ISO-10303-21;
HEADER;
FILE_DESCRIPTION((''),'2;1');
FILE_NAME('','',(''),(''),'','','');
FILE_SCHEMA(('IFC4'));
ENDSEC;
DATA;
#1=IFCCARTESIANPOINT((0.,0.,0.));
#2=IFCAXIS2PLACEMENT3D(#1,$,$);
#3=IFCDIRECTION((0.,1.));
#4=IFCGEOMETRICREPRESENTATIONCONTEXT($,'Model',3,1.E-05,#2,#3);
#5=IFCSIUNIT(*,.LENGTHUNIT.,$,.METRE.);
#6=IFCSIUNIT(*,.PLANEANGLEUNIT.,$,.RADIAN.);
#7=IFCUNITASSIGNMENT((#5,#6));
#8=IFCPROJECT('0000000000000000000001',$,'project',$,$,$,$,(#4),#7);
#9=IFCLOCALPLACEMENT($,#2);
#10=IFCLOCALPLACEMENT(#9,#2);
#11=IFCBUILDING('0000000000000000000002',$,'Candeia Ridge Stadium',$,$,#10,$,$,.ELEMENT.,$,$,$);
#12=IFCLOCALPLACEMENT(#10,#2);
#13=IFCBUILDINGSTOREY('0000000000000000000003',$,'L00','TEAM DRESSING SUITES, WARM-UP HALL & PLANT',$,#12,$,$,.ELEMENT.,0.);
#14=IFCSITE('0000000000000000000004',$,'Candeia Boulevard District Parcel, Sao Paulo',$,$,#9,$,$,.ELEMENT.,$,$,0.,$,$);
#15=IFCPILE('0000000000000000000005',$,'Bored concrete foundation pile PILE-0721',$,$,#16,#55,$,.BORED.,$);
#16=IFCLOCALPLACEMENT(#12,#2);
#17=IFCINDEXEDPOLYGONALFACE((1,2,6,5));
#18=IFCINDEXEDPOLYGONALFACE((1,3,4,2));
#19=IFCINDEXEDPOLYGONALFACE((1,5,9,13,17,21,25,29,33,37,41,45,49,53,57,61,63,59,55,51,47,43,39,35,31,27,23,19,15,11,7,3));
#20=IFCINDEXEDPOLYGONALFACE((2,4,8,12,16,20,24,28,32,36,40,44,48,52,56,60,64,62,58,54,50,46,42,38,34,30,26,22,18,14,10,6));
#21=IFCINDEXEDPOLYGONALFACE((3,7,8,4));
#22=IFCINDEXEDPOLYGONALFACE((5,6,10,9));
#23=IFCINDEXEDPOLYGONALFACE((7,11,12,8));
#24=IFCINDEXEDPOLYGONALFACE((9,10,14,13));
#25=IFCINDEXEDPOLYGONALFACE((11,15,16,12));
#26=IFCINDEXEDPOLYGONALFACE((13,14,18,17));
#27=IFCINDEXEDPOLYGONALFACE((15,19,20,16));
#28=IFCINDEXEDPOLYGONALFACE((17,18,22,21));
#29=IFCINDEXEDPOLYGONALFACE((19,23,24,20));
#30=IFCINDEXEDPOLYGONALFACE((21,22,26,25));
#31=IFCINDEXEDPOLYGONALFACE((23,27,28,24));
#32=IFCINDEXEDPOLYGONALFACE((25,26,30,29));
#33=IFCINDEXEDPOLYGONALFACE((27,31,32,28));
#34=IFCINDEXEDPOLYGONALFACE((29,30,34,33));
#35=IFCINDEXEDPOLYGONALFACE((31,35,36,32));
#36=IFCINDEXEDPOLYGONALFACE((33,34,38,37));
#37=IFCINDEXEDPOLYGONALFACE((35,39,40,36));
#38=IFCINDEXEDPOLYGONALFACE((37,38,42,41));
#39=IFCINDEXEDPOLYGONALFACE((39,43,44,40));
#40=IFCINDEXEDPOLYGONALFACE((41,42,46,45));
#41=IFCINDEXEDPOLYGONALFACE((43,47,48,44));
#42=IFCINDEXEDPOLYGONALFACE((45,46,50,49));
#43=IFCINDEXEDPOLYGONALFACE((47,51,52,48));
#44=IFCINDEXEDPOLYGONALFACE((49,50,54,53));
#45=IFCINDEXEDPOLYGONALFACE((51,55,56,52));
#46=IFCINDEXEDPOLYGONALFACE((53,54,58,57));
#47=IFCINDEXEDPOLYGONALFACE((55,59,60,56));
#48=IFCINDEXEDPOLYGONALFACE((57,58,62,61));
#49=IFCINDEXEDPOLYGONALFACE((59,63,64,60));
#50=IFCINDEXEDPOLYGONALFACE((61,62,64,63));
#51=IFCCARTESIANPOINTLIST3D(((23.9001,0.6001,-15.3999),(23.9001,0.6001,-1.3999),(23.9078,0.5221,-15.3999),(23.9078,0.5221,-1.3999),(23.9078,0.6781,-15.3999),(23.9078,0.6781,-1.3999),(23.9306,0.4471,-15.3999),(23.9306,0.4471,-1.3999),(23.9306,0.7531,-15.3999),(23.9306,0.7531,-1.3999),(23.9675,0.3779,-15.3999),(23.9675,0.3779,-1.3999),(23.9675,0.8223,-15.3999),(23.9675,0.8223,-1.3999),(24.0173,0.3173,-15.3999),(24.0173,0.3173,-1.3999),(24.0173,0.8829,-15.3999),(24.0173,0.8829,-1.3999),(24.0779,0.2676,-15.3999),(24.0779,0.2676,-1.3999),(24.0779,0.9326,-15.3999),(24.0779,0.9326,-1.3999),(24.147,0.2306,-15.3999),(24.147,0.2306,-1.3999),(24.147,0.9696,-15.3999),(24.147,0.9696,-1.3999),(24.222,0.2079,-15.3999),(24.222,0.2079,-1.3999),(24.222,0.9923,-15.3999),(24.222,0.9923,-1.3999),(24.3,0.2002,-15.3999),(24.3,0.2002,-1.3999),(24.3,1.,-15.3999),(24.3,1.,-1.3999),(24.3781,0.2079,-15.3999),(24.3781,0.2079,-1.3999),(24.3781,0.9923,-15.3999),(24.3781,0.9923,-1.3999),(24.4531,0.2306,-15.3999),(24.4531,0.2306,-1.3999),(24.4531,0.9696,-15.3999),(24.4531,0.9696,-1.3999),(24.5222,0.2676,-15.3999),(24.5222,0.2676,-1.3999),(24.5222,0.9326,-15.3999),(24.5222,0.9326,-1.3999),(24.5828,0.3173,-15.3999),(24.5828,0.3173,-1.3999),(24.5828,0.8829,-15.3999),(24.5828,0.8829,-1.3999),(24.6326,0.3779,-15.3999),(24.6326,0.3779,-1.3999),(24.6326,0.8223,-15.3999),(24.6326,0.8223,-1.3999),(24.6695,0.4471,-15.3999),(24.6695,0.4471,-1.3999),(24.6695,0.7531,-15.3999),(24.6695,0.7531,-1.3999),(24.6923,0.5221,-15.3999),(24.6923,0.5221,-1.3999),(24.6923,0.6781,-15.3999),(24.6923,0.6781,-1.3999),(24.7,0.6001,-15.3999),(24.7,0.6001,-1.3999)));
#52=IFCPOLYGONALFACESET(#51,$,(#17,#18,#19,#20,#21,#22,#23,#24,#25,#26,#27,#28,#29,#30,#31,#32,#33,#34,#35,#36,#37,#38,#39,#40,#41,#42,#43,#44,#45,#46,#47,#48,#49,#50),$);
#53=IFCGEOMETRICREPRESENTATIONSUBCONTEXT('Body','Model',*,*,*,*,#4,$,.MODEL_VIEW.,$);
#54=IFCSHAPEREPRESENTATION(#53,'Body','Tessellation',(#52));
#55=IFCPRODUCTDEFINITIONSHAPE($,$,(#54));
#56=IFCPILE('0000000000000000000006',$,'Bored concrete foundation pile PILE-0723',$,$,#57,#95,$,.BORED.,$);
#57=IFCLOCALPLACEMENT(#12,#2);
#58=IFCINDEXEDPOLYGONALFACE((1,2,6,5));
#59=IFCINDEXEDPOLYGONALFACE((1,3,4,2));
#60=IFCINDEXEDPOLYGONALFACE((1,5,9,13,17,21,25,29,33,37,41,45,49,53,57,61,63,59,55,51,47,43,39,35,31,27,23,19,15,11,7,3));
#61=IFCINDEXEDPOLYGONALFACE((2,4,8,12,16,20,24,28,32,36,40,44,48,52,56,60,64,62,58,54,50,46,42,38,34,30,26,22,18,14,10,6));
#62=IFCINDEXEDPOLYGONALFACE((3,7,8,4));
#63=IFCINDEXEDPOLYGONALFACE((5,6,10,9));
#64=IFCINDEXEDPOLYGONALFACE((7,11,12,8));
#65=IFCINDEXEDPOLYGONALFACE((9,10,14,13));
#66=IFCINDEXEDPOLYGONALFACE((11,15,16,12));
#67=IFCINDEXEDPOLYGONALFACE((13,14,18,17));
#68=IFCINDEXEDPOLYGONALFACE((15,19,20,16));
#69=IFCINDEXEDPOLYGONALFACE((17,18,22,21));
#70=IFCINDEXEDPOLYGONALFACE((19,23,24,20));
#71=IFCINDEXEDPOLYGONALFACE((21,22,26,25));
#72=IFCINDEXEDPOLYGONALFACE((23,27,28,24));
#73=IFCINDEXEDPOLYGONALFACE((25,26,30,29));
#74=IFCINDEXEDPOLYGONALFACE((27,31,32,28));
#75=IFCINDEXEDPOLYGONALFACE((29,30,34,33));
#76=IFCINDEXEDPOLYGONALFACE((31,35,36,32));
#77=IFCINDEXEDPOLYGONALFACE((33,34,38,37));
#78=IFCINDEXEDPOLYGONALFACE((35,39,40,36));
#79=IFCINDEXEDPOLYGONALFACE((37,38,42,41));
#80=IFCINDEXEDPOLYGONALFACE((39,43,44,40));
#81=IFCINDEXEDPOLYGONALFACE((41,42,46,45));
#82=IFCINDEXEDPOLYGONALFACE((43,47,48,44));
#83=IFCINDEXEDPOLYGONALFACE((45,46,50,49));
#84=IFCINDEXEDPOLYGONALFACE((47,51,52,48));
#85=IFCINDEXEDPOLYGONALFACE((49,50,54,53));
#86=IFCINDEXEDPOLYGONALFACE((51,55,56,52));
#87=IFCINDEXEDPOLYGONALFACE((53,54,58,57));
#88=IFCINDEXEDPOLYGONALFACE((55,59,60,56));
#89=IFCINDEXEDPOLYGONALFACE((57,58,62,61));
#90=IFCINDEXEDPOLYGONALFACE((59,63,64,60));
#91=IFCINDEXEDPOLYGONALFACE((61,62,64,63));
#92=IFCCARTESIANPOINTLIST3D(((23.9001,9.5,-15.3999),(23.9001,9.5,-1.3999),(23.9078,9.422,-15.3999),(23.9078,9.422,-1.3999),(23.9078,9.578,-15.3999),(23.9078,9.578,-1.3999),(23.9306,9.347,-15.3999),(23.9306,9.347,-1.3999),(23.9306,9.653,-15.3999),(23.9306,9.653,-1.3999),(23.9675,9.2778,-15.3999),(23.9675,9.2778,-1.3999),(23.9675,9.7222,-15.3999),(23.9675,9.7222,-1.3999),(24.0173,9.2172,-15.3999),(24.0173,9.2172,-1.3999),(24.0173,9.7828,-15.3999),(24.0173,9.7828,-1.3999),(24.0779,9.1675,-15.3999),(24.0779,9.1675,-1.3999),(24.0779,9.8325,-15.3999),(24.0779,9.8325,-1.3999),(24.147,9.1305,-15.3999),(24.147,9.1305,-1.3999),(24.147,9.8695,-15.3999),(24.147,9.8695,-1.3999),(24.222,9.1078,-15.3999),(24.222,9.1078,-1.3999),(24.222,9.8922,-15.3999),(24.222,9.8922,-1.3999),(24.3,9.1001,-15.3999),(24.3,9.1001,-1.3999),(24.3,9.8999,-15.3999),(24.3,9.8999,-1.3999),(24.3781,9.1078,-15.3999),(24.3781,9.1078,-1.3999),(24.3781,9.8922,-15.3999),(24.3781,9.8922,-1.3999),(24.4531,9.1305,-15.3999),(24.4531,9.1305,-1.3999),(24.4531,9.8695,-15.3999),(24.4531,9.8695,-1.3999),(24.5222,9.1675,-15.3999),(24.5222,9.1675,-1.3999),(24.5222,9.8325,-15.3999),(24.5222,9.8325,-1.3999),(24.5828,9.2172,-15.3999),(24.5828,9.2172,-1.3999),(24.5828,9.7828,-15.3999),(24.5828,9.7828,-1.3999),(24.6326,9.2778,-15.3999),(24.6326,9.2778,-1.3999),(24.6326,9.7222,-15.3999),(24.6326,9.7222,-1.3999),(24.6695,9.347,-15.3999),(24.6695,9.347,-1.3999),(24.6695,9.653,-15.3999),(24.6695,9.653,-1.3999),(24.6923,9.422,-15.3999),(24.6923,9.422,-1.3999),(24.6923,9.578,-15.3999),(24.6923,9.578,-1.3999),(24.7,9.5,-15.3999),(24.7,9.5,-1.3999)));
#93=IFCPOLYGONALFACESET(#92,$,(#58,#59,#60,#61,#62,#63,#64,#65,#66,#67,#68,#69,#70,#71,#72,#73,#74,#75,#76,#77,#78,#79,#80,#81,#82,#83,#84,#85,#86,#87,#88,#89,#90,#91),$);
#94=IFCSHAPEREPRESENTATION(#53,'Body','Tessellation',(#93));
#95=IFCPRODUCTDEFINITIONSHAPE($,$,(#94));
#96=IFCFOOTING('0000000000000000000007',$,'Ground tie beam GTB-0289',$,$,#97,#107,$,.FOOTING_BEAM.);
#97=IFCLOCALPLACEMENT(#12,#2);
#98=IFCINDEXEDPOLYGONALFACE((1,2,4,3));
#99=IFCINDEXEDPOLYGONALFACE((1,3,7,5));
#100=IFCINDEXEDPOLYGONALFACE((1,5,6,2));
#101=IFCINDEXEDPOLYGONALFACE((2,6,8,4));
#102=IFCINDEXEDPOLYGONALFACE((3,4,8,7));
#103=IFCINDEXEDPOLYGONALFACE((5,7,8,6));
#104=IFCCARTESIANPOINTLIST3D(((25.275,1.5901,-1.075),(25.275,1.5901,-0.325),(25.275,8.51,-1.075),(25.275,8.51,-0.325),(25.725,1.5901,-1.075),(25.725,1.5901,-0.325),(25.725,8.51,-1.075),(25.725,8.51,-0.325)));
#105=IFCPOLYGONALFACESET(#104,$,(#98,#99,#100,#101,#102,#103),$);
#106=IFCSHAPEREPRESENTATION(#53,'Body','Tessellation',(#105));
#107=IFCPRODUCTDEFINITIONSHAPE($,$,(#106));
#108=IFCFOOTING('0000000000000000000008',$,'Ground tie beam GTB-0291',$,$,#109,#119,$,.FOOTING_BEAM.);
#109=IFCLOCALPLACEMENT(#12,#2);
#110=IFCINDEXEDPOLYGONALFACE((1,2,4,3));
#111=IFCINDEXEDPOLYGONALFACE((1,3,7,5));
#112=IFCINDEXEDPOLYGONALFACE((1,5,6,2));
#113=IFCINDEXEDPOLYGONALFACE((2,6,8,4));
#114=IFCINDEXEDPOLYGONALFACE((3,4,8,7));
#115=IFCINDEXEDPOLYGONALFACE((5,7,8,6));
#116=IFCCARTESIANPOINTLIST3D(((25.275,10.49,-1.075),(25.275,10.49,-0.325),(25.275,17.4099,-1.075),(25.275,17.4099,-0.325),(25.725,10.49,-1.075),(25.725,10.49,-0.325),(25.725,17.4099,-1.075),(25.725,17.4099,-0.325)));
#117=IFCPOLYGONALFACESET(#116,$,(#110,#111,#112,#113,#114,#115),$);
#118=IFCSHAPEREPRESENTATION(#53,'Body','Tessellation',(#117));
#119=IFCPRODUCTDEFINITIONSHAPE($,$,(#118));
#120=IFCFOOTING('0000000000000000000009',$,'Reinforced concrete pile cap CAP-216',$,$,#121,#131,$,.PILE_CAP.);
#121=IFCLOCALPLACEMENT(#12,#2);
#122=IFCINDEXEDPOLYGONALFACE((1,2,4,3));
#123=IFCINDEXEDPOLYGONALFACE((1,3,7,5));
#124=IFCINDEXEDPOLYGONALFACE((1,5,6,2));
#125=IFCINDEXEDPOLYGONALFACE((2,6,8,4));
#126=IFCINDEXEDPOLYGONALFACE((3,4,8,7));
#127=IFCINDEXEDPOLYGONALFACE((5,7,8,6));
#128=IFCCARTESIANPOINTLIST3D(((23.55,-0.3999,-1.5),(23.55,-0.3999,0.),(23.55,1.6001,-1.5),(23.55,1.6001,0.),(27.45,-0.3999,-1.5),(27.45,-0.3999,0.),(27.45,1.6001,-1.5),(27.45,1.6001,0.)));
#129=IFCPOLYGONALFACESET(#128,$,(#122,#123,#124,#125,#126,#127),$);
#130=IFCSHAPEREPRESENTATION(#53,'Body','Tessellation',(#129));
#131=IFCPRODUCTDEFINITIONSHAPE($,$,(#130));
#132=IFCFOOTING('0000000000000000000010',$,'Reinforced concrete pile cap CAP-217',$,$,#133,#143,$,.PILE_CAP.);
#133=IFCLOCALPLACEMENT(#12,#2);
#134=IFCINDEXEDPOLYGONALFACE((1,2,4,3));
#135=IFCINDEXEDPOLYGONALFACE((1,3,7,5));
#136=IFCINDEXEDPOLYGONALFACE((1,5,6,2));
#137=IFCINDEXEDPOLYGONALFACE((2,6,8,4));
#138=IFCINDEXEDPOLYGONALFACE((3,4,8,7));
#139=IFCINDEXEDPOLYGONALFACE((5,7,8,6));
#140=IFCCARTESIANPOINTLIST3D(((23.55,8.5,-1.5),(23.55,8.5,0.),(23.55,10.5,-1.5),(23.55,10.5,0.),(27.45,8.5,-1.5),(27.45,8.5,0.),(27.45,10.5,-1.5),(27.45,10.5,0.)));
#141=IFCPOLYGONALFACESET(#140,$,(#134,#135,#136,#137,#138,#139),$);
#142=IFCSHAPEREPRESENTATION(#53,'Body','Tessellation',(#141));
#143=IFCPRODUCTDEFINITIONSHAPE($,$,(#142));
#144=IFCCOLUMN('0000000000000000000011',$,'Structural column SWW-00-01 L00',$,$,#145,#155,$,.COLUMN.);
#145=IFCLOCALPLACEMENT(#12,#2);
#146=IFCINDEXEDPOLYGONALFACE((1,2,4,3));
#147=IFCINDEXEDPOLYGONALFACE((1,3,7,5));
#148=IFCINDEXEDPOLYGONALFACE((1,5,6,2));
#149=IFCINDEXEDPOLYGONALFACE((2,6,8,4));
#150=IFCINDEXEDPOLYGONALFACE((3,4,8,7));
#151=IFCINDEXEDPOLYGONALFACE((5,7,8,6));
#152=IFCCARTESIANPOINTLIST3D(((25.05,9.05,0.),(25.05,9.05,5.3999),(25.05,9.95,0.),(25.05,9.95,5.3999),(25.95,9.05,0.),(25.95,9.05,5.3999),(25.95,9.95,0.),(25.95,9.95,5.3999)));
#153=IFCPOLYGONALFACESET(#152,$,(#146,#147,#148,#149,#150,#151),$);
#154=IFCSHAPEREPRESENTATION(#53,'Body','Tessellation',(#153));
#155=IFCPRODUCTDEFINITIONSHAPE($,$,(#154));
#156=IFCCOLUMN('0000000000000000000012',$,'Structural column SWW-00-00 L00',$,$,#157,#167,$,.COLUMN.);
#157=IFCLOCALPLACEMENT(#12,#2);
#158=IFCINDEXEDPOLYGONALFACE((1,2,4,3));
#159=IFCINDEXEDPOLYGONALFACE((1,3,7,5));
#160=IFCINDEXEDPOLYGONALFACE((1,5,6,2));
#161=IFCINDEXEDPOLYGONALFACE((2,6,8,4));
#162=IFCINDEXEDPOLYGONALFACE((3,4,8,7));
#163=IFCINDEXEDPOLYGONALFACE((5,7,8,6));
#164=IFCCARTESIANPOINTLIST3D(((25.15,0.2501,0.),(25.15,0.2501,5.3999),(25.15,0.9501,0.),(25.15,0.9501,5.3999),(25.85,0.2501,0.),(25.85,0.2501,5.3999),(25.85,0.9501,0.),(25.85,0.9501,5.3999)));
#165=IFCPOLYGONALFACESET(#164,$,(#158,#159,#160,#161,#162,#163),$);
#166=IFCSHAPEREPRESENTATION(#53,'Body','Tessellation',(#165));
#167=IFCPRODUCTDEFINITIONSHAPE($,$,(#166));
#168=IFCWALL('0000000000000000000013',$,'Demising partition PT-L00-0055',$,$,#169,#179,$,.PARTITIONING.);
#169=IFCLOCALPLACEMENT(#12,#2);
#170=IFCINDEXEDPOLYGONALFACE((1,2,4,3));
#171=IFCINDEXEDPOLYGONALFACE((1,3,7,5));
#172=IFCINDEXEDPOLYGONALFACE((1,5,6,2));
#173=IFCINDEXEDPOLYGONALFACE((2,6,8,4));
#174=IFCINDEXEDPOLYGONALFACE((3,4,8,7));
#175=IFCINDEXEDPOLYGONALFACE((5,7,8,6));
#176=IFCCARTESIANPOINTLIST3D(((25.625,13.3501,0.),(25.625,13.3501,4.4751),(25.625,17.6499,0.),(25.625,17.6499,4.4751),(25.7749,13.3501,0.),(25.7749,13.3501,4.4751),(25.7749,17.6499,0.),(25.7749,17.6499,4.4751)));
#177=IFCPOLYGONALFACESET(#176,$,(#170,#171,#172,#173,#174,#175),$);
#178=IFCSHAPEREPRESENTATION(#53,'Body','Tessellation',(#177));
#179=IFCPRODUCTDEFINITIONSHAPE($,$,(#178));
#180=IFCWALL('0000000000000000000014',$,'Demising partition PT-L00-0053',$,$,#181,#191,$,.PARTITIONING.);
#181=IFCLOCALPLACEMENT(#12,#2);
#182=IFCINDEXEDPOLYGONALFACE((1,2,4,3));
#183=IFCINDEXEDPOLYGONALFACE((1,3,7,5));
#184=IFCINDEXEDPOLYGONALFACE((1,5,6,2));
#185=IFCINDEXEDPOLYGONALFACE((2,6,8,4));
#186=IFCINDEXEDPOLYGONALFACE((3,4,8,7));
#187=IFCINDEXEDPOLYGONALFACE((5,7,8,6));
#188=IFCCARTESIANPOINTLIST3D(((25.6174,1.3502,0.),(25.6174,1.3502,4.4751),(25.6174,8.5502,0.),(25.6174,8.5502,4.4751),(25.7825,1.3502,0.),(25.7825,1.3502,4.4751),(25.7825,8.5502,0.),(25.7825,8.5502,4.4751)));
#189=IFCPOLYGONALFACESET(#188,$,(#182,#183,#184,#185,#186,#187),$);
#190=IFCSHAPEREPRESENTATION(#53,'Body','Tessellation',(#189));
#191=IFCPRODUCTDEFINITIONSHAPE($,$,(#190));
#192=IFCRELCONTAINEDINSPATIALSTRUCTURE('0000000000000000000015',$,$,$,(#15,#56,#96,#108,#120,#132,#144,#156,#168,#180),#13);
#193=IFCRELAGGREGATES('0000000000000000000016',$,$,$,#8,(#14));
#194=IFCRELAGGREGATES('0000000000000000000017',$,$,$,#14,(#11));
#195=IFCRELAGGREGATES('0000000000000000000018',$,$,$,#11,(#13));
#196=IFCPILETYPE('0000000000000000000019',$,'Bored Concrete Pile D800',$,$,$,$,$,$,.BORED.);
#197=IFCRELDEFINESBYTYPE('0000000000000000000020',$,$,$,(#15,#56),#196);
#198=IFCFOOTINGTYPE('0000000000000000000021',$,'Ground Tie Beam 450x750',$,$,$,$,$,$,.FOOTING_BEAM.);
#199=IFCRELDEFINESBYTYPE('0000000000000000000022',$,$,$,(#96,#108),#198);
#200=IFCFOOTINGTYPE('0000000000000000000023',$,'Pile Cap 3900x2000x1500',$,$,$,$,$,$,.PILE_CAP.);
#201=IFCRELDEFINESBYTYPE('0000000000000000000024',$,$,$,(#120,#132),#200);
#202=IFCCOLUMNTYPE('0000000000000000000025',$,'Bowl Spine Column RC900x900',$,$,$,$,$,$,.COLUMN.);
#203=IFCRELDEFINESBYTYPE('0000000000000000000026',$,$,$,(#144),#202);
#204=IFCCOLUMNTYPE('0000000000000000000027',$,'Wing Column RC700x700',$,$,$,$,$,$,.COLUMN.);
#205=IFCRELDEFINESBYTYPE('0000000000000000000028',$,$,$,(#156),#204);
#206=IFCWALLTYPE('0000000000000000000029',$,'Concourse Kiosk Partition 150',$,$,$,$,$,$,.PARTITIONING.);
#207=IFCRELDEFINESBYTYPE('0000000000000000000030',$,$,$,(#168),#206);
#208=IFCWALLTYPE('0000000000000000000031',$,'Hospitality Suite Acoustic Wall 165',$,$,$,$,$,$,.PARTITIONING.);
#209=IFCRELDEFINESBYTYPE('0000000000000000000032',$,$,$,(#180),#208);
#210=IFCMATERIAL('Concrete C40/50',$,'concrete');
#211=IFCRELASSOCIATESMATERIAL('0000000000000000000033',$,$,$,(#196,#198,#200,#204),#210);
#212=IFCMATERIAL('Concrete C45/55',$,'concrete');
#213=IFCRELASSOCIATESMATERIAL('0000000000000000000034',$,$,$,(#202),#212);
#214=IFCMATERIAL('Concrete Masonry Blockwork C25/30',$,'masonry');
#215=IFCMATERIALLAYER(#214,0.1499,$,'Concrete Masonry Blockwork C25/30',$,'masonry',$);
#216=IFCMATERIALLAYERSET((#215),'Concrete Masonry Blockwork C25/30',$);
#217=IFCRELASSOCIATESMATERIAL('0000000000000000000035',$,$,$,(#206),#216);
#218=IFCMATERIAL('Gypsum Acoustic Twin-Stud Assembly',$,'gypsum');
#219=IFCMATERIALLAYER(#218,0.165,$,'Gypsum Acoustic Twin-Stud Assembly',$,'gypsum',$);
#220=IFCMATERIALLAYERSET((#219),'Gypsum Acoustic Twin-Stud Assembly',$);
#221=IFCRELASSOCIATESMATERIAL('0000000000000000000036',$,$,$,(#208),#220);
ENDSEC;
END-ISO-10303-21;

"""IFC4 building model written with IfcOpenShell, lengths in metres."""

from ifc_helpers import new_model, si_unit, direction, frame, frame_2d, origin, origin_2d, place, context, subcontext, project, spatial, rectangle, circle, extrude, material, layer, layer_set, material_profile, profile_set, type_object, element, save


model = new_model("IFC4")

# Units and contexts
model_context = context("Model", 3, precision=1e-05, world=origin(), true_north=direction((0.0, 1.0)))
body_context = subcontext(model_context, "Body", "Model", "MODEL_VIEW")
ifc_project = project(units=[si_unit("LENGTHUNIT", "METRE"), si_unit("PLANEANGLEUNIT", "RADIAN")], contexts=[model_context])

# Site, building, storey
site_placement = place(None, origin())
site = spatial("IfcSite", under=ifc_project, at=site_placement, Name="Candeia Boulevard District Parcel, Sao Paulo", CompositionType="ELEMENT", RefElevation=0.0)
building_placement = place(site_placement, origin())
building = spatial("IfcBuilding", under=site, at=building_placement, Name="Candeia Ridge Stadium", CompositionType="ELEMENT")
storey_placement = place(building_placement, origin())
storey = spatial("IfcBuildingStorey", under=building, at=storey_placement, Name="L00", Description="TEAM DRESSING SUITES, WARM-UP HALL & PLANT", CompositionType="ELEMENT", Elevation=0.0)

# Piles
ifc_material_1 = material(Name="Concrete C40/50", Category="concrete")
ifc_material_profile_1 = material_profile(ifc_material_1, circle(Radius=0.3999, at=origin_2d()), Name="PILE-D800", Category="concrete")
ifc_profile_set_1 = profile_set([ifc_material_profile_1], Name="Concrete C40/50")
pile_type = type_object("IfcPileType", Name="Bored Concrete Pile D800", PredefinedType="BORED", material=ifc_profile_set_1)
for number, where, z_axis, x_axis, name in (
    (1, (24.3, 0.6001, -1.3999), (0.0, 0.0, -1.0), (1.0, 0.0, 0.0), "Bored concrete foundation pile PILE-0721"),
    (2, (24.3, 9.5, -1.3999), (0.0, 0.0, -1.0), (1.0, 0.0, 0.0), "Bored concrete foundation pile PILE-0723"),
):
    element("IfcPile", number, at=place(storey_placement, frame(where, z_axis=z_axis, x_axis=x_axis)), inside=storey, type_object=pile_type, Name=name, PredefinedType="BORED", context=body_context, shape_type="SweptSolid", body=[
        extrude(circle(Radius=0.3999, at=origin_2d()), origin(), (0.0, 0.0, 1.0), 14.0),
    ])

# Footings
footing_type_1 = type_object("IfcFootingType", Name="Ground Tie Beam 450x750", PredefinedType="FOOTING_BEAM", material=ifc_material_1)
for number, where, z_axis, x_axis, name in (
    (3, (25.5, 5.05, -1.075), (0.0, 0.0, 1.0), (0.0, 1.0, 0.0), "Ground tie beam GTB-0289"),
    (4, (25.5, 13.95, -1.075), (0.0, 0.0, 1.0), (0.0, 1.0, 0.0), "Ground tie beam GTB-0291"),
):
    element("IfcFooting", number, at=place(storey_placement, frame(where, z_axis=z_axis, x_axis=x_axis)), inside=storey, type_object=footing_type_1, Name=name, PredefinedType="FOOTING_BEAM", context=body_context, shape_type="SweptSolid", body=[
        extrude(rectangle(XDim=6.9199, YDim=0.45, at=origin_2d()), origin(), (0.0, 0.0, 1.0), 0.75),
    ])
footing_type_2 = type_object("IfcFootingType", Name="Pile Cap 3900x2000x1500", PredefinedType="PILE_CAP", material=ifc_material_1)
for number, where, z_axis, x_axis, name in (
    (5, (25.5, 0.6001, -1.5), (0.0, 0.0, 1.0), (1.0, 0.0, 0.0), "Reinforced concrete pile cap CAP-216"),
    (6, (25.5, 9.5, -1.5), (0.0, 0.0, 1.0), (1.0, 0.0, 0.0), "Reinforced concrete pile cap CAP-217"),
):
    element("IfcFooting", number, at=place(storey_placement, frame(where, z_axis=z_axis, x_axis=x_axis)), inside=storey, type_object=footing_type_2, Name=name, PredefinedType="PILE_CAP", context=body_context, shape_type="SweptSolid", body=[
        extrude(rectangle(XDim=3.8999, YDim=2.0, at=origin_2d()), origin(), (0.0, 0.0, 1.0), 1.5),
    ])

# Columns
ifc_material_2 = material(Name="Concrete C45/55", Category="concrete")
ifc_material_profile_2 = material_profile(ifc_material_2, rectangle(XDim=0.8999, YDim=0.8999, at=origin_2d()), Name="RC900x900", Category="concrete")
ifc_profile_set_2 = profile_set([ifc_material_profile_2], Name="Concrete C45/55")
column_type_1 = type_object("IfcColumnType", Name="Bowl Spine Column RC900x900", PredefinedType="COLUMN", material=ifc_profile_set_2)
column_1_placement = place(storey_placement, frame((25.5, 9.5, 0.0), z_axis=(0.0, 0.0, 1.0), x_axis=(1.0, 0.0, 0.0)))
element("IfcColumn", 7, at=column_1_placement, inside=storey, type_object=column_type_1, Name="Structural column SWW-00-01 L00", PredefinedType="COLUMN", context=body_context, shape_type="SweptSolid", body=[
    extrude(rectangle(XDim=0.8999, YDim=0.8999, at=origin_2d()), origin(), (0.0, 0.0, 1.0), 5.3999),
])
ifc_material_profile_3 = material_profile(ifc_material_1, rectangle(XDim=0.7, YDim=0.7, at=origin_2d()), Name="RC700x700", Category="concrete")
ifc_profile_set_3 = profile_set([ifc_material_profile_3], Name="Concrete C40/50")
column_type_2 = type_object("IfcColumnType", Name="Wing Column RC700x700", PredefinedType="COLUMN", material=ifc_profile_set_3)
column_2_placement = place(storey_placement, frame((25.5, 0.6001, 0.0), z_axis=(0.0, 0.0, 1.0), x_axis=(1.0, 0.0, 0.0)))
element("IfcColumn", 8, at=column_2_placement, inside=storey, type_object=column_type_2, Name="Structural column SWW-00-00 L00", PredefinedType="COLUMN", context=body_context, shape_type="SweptSolid", body=[
    extrude(rectangle(XDim=0.7, YDim=0.7, at=origin_2d()), origin(), (0.0, 0.0, 1.0), 5.3999),
])

# Wall
ifc_material_3 = material(Name="Concrete Masonry Blockwork C25/30", Category="masonry")
ifc_layer_1 = layer(ifc_material_3, 0.1499, Name="Concrete Masonry Blockwork C25/30", Category="masonry")
ifc_layer_set_1 = layer_set([ifc_layer_1], Name="Concrete Masonry Blockwork C25/30")
wall_type_1 = type_object("IfcWallType", Name="Concourse Kiosk Partition 150", PredefinedType="PARTITIONING", material=ifc_layer_set_1)
wall_1_placement = place(storey_placement, frame((25.7, 13.3501, 0.0), z_axis=(0.0, 0.0, 1.0), x_axis=(0.0, 1.0, 0.0)))
element("IfcWall", 9, at=wall_1_placement, inside=storey, type_object=wall_type_1, Name="Demising partition PT-L00-0055", PredefinedType="PARTITIONING", context=body_context, shape_type="SweptSolid", body=[
    extrude(rectangle(XDim=4.2998, YDim=0.1499, at=frame_2d((2.1499, 0.0))), origin(), (0.0, 0.0, 1.0), 4.4751),
])

# Wall
ifc_material_4 = material(Name="Gypsum Acoustic Twin-Stud Assembly", Category="gypsum")
ifc_layer_2 = layer(ifc_material_4, 0.165, Name="Gypsum Acoustic Twin-Stud Assembly", Category="gypsum")
ifc_layer_set_2 = layer_set([ifc_layer_2], Name="Gypsum Acoustic Twin-Stud Assembly")
wall_type_2 = type_object("IfcWallType", Name="Hospitality Suite Acoustic Wall 165", PredefinedType="PARTITIONING", material=ifc_layer_set_2)
wall_2_placement = place(storey_placement, frame((25.7, 1.3501, 0.0), z_axis=(0.0, 0.0, 1.0), x_axis=(0.0, 1.0, 0.0)))
element("IfcWall", 10, at=wall_2_placement, inside=storey, type_object=wall_type_2, Name="Demising partition PT-L00-0053", PredefinedType="PARTITIONING", context=body_context, shape_type="SweptSolid", body=[
    extrude(rectangle(XDim=7.2, YDim=0.165, at=frame_2d((3.6001, 0.0))), origin(), (0.0, 0.0, 1.0), 4.4751),
])

save(model, "model.ifc")
